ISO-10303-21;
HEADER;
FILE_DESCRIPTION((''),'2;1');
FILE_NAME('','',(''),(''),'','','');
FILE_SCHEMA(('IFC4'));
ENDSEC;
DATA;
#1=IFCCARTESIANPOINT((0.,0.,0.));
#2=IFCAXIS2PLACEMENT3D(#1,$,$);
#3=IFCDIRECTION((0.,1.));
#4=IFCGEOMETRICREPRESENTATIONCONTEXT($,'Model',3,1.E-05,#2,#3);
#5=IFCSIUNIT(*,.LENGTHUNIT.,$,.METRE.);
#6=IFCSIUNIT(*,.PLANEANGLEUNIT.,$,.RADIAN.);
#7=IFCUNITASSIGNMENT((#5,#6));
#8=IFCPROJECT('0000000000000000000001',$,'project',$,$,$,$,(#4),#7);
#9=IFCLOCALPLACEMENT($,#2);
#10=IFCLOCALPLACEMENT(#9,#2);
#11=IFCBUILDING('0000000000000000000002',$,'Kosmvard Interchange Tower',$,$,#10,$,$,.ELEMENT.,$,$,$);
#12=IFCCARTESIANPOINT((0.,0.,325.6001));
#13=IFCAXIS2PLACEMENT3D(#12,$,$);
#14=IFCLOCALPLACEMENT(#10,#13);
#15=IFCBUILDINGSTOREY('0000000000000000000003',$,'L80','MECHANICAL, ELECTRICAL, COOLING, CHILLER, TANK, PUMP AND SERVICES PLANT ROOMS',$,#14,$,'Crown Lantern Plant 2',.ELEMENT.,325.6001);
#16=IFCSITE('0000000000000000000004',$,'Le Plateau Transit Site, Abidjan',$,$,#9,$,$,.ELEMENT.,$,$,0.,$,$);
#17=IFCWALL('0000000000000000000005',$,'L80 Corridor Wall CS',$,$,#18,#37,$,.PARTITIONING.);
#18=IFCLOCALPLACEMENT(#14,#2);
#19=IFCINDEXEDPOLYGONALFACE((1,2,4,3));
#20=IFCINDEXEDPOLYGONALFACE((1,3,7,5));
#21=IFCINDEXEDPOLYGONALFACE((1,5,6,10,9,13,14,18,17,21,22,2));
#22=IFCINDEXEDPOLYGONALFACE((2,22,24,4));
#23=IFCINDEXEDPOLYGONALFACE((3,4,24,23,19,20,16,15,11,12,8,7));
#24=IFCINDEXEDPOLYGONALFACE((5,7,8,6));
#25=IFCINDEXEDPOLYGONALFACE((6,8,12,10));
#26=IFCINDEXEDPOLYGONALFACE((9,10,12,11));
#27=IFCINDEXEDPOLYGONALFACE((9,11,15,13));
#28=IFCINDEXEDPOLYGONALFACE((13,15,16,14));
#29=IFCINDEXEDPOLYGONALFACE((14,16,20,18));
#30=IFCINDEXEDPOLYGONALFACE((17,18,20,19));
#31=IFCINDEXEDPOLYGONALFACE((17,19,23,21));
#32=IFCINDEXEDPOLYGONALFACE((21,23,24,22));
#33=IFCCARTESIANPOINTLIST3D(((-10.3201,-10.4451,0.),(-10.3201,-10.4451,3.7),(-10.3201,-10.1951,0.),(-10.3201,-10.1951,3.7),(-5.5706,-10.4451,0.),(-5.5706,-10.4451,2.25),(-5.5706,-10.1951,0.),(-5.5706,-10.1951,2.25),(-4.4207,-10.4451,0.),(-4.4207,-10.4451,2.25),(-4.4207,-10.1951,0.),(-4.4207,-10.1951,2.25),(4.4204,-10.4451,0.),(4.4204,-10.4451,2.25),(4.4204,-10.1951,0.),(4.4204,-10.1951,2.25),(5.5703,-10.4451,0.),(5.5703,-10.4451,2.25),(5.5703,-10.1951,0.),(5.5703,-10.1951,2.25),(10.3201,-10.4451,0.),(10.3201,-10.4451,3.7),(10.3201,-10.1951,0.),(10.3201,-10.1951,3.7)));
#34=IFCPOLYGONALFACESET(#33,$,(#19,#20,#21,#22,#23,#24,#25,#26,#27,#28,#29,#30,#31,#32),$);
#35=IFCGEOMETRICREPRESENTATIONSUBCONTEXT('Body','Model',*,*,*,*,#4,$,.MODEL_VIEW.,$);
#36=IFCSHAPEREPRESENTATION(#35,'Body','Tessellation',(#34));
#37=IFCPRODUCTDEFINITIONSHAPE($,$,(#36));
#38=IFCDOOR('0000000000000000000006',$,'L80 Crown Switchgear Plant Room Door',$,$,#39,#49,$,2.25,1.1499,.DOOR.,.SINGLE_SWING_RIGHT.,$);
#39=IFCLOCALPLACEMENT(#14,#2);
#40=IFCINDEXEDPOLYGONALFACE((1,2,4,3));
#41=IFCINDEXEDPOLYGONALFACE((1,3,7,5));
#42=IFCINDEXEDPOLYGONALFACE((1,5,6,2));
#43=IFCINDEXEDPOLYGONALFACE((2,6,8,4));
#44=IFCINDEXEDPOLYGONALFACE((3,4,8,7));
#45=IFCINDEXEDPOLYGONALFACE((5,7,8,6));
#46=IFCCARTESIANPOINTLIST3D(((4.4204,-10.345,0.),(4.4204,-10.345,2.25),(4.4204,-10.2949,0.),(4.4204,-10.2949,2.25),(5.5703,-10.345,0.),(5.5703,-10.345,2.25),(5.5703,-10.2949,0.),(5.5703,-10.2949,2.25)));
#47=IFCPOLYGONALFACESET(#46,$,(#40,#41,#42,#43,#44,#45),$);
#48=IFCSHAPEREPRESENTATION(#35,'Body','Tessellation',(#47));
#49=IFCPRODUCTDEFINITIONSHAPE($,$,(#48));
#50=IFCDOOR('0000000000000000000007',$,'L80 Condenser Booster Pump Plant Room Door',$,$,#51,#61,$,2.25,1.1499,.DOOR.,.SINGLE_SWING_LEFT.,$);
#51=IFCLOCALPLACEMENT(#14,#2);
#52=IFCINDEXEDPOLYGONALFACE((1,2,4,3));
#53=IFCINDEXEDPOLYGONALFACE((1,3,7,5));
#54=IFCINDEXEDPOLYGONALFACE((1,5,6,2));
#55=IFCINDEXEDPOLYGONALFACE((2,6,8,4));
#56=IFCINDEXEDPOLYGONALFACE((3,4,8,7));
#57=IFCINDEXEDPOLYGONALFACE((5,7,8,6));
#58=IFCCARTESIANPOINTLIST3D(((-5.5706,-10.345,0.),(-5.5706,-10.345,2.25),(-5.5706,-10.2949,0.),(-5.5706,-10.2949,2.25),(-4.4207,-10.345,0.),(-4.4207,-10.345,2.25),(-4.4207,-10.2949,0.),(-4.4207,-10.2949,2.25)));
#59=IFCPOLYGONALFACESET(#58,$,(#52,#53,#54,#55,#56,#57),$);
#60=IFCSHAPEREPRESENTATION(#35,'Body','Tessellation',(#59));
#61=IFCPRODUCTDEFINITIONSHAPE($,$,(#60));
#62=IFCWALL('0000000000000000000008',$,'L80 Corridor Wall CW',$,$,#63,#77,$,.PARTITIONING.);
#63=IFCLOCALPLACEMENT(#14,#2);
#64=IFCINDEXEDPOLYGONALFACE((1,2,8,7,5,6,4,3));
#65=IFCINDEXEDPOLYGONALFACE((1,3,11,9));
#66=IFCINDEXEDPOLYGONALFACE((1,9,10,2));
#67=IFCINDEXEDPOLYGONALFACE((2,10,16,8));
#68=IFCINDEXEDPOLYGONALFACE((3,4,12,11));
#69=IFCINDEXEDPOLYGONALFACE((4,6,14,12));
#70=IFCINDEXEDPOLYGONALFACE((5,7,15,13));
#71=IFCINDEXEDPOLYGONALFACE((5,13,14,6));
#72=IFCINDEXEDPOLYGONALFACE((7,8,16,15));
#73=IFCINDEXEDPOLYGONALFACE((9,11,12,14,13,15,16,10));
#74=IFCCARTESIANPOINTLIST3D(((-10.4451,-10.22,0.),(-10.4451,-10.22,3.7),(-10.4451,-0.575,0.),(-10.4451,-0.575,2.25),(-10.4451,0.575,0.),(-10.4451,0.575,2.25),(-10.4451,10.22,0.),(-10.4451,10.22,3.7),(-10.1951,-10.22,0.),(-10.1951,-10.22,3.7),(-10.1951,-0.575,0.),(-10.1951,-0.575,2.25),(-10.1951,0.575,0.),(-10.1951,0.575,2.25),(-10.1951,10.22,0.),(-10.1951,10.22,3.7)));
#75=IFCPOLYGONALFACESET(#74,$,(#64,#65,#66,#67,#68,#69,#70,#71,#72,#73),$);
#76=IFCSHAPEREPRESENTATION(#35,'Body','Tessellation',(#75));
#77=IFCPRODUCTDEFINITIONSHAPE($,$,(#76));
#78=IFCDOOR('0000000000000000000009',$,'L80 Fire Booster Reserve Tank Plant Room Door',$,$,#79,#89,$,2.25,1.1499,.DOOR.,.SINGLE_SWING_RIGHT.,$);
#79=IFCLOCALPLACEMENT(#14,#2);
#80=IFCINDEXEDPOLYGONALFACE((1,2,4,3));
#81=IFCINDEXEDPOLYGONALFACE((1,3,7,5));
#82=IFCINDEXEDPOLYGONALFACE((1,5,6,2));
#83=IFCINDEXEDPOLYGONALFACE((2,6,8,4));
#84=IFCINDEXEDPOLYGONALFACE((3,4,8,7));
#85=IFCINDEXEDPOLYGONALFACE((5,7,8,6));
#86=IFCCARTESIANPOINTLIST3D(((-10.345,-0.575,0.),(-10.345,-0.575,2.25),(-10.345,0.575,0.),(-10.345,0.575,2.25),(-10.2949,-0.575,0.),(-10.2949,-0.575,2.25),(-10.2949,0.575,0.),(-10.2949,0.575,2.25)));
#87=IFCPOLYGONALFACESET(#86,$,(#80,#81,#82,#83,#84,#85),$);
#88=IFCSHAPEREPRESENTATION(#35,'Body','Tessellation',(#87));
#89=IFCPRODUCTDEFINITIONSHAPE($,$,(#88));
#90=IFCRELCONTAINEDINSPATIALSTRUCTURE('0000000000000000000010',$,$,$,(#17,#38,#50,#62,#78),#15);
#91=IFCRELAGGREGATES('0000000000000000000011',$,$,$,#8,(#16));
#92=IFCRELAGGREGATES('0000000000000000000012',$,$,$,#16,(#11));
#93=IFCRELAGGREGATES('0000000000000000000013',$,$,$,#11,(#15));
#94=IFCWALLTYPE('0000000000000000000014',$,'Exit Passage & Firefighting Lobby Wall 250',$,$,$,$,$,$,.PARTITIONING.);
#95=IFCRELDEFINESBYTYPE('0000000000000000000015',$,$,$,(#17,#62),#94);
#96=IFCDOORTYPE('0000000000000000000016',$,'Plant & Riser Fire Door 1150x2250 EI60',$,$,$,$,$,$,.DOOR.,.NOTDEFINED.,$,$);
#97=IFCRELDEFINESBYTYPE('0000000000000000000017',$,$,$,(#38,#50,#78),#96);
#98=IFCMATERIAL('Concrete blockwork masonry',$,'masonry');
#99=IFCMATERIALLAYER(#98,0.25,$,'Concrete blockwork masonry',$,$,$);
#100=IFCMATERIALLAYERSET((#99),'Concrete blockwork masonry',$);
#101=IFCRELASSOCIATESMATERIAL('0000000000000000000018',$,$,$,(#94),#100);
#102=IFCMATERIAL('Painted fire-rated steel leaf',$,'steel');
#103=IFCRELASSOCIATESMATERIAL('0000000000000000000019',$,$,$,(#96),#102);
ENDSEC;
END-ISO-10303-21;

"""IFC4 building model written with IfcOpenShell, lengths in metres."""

from ifc_helpers import new_model, si_unit, direction, frame, frame_2d, origin, place, context, subcontext, project, spatial, rectangle, extrude, source, transform, mapped, material, layer, layer_set, type_object, element, fill, save


model = new_model("IFC4")

# Units and contexts
model_context = context("Model", 3, precision=1e-05, world=origin(), true_north=direction((0.0, 1.0)))
body_context = subcontext(model_context, "Body", "Model", "MODEL_VIEW")
ifc_project = project(units=[si_unit("LENGTHUNIT", "METRE"), si_unit("PLANEANGLEUNIT", "RADIAN")], contexts=[model_context])

# Site, building, storey
site_placement = place(None, origin())
site = spatial("IfcSite", under=ifc_project, at=site_placement, Name="Le Plateau Transit Site, Abidjan", CompositionType="ELEMENT", RefElevation=0.0)
building_placement = place(site_placement, origin())
building = spatial("IfcBuilding", under=site, at=building_placement, Name="Kosmvard Interchange Tower", CompositionType="ELEMENT")
storey_placement = place(building_placement, frame((0.0, 0.0, 325.6001)))
storey = spatial("IfcBuildingStorey", under=building, at=storey_placement, Name="L80", Description="MECHANICAL, ELECTRICAL, COOLING, CHILLER, TANK, PUMP AND SERVICES PLANT ROOMS", LongName="Crown Lantern Plant 2", CompositionType="ELEMENT", Elevation=325.6001)

# Wall, openings, doors
ifc_material_1 = material(Name="Concrete blockwork masonry", Category="masonry")
ifc_layer_1 = layer(ifc_material_1, 0.25, Name="Concrete blockwork masonry")
ifc_layer_set_1 = layer_set([ifc_layer_1], Name="Concrete blockwork masonry")
wall_type = type_object("IfcWallType", Name="Exit Passage & Firefighting Lobby Wall 250", PredefinedType="PARTITIONING", material=ifc_layer_set_1)
wall_1_placement = place(storey_placement, frame((-10.3201, -10.3201, 0.0), z_axis=(0.0, 0.0, 1.0), x_axis=(1.0, 0.0, 0.0)))
wall_1 = element("IfcWall", 1, at=wall_1_placement, inside=storey, type_object=wall_type, Name="L80 Corridor Wall CS", PredefinedType="PARTITIONING", context=body_context, shape_type="SweptSolid", body=[
    extrude(rectangle(XDim=20.6401, YDim=0.25, at=frame_2d((10.3201, 0.0))), origin(), (0.0, 0.0, 1.0), 3.7),
])
opening_1_placement = place(wall_1_placement, frame((14.7405, 0.0, 0.0)))
opening_1 = element("IfcOpeningElement", 2, at=opening_1_placement, cuts=wall_1, PredefinedType="OPENING", context=body_context, shape_type="SweptSolid", body=[
    extrude(rectangle(XDim=1.1499, YDim=2.25, at=frame_2d((0.575, 1.125))), frame((0.0, 0.135, 0.0), z_axis=(0.0, -1.0, 0.0), x_axis=(1.0, 0.0, 0.0)), (0.0, 0.0, 1.0), 0.27),
])
opening_2_placement = place(wall_1_placement, frame((4.7495, 0.0, 0.0)))
opening_2 = element("IfcOpeningElement", 3, at=opening_2_placement, cuts=wall_1, PredefinedType="OPENING", context=body_context, shape_type="SweptSolid", body=[
    extrude(rectangle(XDim=1.1499, YDim=2.25, at=frame_2d((0.575, 1.125))), frame((0.0, 0.135, 0.0), z_axis=(0.0, -1.0, 0.0), x_axis=(1.0, 0.0, 0.0)), (0.0, 0.0, 1.0), 0.27),
])
ifc_material_2 = material(Name="Painted fire-rated steel leaf", Category="steel")
door_type = type_object("IfcDoorType", Name="Plant & Riser Fire Door 1150x2250 EI60", OperationType="NOTDEFINED", PredefinedType="DOOR", material=ifc_material_2)
shared_shape_1 = source(origin(), body_context, "Body", "SweptSolid", [
    extrude(rectangle(XDim=1.1499, YDim=2.25, at=frame_2d((0.575, 1.125))), frame((0.0, 0.0249, 0.0), z_axis=(0.0, -1.0, 0.0), x_axis=(1.0, 0.0, 0.0)), (0.0, 0.0, 1.0), 0.05),
])
door_1_placement = place(opening_1_placement, frame((1.1499, 0.0, 0.0), z_axis=(0.0, 0.0, 1.0), x_axis=(-1.0, 0.0, 0.0)))
door_1 = element("IfcDoor", 4, at=door_1_placement, inside=storey, type_object=door_type, Name="L80 Crown Switchgear Plant Room Door", OperationType="SINGLE_SWING_RIGHT", OverallHeight=2.25, OverallWidth=1.1499, PredefinedType="DOOR", context=body_context, shape_type="MappedRepresentation", body=[
    mapped(shared_shape_1, transform((0.0, 0.0, 0.0), scale=1.0)),
])
fill(opening_1, door_1)
door_2_placement = place(opening_2_placement, frame((1.1499, 0.0, 0.0), z_axis=(0.0, 0.0, 1.0), x_axis=(-1.0, 0.0, 0.0)))
door_2 = element("IfcDoor", 5, at=door_2_placement, inside=storey, type_object=door_type, Name="L80 Condenser Booster Pump Plant Room Door", OperationType="SINGLE_SWING_LEFT", OverallHeight=2.25, OverallWidth=1.1499, PredefinedType="DOOR", context=body_context, shape_type="MappedRepresentation", body=[
    mapped(shared_shape_1, transform((0.0, 0.0, 0.0), scale=1.0)),
])
fill(opening_2, door_2)

# Wall, opening, door
wall_2_placement = place(storey_placement, frame((-10.3201, -10.22, 0.0), z_axis=(0.0, 0.0, 1.0), x_axis=(0.0, 1.0, 0.0)))
wall_2 = element("IfcWall", 6, at=wall_2_placement, inside=storey, type_object=wall_type, Name="L80 Corridor Wall CW", PredefinedType="PARTITIONING", context=body_context, shape_type="SweptSolid", body=[
    extrude(rectangle(XDim=20.4399, YDim=0.25, at=frame_2d((10.22, 0.0))), origin(), (0.0, 0.0, 1.0), 3.7),
])
opening_3_placement = place(wall_2_placement, frame((9.645, 0.0, 0.0)))
opening_3 = element("IfcOpeningElement", 7, at=opening_3_placement, cuts=wall_2, PredefinedType="OPENING", context=body_context, shape_type="SweptSolid", body=[
    extrude(rectangle(XDim=1.1499, YDim=2.25, at=frame_2d((0.575, 1.125))), frame((0.0, 0.135, 0.0), z_axis=(0.0, -1.0, 0.0), x_axis=(1.0, 0.0, 0.0)), (0.0, 0.0, 1.0), 0.27),
])
door_3_placement = place(opening_3_placement, origin())
door_3 = element("IfcDoor", 8, at=door_3_placement, inside=storey, type_object=door_type, Name="L80 Fire Booster Reserve Tank Plant Room Door", OperationType="SINGLE_SWING_RIGHT", OverallHeight=2.25, OverallWidth=1.1499, PredefinedType="DOOR", context=body_context, shape_type="MappedRepresentation", body=[
    mapped(shared_shape_1, transform((0.0, 0.0, 0.0), scale=1.0)),
])
fill(opening_3, door_3)

save(model, "model.ifc")
